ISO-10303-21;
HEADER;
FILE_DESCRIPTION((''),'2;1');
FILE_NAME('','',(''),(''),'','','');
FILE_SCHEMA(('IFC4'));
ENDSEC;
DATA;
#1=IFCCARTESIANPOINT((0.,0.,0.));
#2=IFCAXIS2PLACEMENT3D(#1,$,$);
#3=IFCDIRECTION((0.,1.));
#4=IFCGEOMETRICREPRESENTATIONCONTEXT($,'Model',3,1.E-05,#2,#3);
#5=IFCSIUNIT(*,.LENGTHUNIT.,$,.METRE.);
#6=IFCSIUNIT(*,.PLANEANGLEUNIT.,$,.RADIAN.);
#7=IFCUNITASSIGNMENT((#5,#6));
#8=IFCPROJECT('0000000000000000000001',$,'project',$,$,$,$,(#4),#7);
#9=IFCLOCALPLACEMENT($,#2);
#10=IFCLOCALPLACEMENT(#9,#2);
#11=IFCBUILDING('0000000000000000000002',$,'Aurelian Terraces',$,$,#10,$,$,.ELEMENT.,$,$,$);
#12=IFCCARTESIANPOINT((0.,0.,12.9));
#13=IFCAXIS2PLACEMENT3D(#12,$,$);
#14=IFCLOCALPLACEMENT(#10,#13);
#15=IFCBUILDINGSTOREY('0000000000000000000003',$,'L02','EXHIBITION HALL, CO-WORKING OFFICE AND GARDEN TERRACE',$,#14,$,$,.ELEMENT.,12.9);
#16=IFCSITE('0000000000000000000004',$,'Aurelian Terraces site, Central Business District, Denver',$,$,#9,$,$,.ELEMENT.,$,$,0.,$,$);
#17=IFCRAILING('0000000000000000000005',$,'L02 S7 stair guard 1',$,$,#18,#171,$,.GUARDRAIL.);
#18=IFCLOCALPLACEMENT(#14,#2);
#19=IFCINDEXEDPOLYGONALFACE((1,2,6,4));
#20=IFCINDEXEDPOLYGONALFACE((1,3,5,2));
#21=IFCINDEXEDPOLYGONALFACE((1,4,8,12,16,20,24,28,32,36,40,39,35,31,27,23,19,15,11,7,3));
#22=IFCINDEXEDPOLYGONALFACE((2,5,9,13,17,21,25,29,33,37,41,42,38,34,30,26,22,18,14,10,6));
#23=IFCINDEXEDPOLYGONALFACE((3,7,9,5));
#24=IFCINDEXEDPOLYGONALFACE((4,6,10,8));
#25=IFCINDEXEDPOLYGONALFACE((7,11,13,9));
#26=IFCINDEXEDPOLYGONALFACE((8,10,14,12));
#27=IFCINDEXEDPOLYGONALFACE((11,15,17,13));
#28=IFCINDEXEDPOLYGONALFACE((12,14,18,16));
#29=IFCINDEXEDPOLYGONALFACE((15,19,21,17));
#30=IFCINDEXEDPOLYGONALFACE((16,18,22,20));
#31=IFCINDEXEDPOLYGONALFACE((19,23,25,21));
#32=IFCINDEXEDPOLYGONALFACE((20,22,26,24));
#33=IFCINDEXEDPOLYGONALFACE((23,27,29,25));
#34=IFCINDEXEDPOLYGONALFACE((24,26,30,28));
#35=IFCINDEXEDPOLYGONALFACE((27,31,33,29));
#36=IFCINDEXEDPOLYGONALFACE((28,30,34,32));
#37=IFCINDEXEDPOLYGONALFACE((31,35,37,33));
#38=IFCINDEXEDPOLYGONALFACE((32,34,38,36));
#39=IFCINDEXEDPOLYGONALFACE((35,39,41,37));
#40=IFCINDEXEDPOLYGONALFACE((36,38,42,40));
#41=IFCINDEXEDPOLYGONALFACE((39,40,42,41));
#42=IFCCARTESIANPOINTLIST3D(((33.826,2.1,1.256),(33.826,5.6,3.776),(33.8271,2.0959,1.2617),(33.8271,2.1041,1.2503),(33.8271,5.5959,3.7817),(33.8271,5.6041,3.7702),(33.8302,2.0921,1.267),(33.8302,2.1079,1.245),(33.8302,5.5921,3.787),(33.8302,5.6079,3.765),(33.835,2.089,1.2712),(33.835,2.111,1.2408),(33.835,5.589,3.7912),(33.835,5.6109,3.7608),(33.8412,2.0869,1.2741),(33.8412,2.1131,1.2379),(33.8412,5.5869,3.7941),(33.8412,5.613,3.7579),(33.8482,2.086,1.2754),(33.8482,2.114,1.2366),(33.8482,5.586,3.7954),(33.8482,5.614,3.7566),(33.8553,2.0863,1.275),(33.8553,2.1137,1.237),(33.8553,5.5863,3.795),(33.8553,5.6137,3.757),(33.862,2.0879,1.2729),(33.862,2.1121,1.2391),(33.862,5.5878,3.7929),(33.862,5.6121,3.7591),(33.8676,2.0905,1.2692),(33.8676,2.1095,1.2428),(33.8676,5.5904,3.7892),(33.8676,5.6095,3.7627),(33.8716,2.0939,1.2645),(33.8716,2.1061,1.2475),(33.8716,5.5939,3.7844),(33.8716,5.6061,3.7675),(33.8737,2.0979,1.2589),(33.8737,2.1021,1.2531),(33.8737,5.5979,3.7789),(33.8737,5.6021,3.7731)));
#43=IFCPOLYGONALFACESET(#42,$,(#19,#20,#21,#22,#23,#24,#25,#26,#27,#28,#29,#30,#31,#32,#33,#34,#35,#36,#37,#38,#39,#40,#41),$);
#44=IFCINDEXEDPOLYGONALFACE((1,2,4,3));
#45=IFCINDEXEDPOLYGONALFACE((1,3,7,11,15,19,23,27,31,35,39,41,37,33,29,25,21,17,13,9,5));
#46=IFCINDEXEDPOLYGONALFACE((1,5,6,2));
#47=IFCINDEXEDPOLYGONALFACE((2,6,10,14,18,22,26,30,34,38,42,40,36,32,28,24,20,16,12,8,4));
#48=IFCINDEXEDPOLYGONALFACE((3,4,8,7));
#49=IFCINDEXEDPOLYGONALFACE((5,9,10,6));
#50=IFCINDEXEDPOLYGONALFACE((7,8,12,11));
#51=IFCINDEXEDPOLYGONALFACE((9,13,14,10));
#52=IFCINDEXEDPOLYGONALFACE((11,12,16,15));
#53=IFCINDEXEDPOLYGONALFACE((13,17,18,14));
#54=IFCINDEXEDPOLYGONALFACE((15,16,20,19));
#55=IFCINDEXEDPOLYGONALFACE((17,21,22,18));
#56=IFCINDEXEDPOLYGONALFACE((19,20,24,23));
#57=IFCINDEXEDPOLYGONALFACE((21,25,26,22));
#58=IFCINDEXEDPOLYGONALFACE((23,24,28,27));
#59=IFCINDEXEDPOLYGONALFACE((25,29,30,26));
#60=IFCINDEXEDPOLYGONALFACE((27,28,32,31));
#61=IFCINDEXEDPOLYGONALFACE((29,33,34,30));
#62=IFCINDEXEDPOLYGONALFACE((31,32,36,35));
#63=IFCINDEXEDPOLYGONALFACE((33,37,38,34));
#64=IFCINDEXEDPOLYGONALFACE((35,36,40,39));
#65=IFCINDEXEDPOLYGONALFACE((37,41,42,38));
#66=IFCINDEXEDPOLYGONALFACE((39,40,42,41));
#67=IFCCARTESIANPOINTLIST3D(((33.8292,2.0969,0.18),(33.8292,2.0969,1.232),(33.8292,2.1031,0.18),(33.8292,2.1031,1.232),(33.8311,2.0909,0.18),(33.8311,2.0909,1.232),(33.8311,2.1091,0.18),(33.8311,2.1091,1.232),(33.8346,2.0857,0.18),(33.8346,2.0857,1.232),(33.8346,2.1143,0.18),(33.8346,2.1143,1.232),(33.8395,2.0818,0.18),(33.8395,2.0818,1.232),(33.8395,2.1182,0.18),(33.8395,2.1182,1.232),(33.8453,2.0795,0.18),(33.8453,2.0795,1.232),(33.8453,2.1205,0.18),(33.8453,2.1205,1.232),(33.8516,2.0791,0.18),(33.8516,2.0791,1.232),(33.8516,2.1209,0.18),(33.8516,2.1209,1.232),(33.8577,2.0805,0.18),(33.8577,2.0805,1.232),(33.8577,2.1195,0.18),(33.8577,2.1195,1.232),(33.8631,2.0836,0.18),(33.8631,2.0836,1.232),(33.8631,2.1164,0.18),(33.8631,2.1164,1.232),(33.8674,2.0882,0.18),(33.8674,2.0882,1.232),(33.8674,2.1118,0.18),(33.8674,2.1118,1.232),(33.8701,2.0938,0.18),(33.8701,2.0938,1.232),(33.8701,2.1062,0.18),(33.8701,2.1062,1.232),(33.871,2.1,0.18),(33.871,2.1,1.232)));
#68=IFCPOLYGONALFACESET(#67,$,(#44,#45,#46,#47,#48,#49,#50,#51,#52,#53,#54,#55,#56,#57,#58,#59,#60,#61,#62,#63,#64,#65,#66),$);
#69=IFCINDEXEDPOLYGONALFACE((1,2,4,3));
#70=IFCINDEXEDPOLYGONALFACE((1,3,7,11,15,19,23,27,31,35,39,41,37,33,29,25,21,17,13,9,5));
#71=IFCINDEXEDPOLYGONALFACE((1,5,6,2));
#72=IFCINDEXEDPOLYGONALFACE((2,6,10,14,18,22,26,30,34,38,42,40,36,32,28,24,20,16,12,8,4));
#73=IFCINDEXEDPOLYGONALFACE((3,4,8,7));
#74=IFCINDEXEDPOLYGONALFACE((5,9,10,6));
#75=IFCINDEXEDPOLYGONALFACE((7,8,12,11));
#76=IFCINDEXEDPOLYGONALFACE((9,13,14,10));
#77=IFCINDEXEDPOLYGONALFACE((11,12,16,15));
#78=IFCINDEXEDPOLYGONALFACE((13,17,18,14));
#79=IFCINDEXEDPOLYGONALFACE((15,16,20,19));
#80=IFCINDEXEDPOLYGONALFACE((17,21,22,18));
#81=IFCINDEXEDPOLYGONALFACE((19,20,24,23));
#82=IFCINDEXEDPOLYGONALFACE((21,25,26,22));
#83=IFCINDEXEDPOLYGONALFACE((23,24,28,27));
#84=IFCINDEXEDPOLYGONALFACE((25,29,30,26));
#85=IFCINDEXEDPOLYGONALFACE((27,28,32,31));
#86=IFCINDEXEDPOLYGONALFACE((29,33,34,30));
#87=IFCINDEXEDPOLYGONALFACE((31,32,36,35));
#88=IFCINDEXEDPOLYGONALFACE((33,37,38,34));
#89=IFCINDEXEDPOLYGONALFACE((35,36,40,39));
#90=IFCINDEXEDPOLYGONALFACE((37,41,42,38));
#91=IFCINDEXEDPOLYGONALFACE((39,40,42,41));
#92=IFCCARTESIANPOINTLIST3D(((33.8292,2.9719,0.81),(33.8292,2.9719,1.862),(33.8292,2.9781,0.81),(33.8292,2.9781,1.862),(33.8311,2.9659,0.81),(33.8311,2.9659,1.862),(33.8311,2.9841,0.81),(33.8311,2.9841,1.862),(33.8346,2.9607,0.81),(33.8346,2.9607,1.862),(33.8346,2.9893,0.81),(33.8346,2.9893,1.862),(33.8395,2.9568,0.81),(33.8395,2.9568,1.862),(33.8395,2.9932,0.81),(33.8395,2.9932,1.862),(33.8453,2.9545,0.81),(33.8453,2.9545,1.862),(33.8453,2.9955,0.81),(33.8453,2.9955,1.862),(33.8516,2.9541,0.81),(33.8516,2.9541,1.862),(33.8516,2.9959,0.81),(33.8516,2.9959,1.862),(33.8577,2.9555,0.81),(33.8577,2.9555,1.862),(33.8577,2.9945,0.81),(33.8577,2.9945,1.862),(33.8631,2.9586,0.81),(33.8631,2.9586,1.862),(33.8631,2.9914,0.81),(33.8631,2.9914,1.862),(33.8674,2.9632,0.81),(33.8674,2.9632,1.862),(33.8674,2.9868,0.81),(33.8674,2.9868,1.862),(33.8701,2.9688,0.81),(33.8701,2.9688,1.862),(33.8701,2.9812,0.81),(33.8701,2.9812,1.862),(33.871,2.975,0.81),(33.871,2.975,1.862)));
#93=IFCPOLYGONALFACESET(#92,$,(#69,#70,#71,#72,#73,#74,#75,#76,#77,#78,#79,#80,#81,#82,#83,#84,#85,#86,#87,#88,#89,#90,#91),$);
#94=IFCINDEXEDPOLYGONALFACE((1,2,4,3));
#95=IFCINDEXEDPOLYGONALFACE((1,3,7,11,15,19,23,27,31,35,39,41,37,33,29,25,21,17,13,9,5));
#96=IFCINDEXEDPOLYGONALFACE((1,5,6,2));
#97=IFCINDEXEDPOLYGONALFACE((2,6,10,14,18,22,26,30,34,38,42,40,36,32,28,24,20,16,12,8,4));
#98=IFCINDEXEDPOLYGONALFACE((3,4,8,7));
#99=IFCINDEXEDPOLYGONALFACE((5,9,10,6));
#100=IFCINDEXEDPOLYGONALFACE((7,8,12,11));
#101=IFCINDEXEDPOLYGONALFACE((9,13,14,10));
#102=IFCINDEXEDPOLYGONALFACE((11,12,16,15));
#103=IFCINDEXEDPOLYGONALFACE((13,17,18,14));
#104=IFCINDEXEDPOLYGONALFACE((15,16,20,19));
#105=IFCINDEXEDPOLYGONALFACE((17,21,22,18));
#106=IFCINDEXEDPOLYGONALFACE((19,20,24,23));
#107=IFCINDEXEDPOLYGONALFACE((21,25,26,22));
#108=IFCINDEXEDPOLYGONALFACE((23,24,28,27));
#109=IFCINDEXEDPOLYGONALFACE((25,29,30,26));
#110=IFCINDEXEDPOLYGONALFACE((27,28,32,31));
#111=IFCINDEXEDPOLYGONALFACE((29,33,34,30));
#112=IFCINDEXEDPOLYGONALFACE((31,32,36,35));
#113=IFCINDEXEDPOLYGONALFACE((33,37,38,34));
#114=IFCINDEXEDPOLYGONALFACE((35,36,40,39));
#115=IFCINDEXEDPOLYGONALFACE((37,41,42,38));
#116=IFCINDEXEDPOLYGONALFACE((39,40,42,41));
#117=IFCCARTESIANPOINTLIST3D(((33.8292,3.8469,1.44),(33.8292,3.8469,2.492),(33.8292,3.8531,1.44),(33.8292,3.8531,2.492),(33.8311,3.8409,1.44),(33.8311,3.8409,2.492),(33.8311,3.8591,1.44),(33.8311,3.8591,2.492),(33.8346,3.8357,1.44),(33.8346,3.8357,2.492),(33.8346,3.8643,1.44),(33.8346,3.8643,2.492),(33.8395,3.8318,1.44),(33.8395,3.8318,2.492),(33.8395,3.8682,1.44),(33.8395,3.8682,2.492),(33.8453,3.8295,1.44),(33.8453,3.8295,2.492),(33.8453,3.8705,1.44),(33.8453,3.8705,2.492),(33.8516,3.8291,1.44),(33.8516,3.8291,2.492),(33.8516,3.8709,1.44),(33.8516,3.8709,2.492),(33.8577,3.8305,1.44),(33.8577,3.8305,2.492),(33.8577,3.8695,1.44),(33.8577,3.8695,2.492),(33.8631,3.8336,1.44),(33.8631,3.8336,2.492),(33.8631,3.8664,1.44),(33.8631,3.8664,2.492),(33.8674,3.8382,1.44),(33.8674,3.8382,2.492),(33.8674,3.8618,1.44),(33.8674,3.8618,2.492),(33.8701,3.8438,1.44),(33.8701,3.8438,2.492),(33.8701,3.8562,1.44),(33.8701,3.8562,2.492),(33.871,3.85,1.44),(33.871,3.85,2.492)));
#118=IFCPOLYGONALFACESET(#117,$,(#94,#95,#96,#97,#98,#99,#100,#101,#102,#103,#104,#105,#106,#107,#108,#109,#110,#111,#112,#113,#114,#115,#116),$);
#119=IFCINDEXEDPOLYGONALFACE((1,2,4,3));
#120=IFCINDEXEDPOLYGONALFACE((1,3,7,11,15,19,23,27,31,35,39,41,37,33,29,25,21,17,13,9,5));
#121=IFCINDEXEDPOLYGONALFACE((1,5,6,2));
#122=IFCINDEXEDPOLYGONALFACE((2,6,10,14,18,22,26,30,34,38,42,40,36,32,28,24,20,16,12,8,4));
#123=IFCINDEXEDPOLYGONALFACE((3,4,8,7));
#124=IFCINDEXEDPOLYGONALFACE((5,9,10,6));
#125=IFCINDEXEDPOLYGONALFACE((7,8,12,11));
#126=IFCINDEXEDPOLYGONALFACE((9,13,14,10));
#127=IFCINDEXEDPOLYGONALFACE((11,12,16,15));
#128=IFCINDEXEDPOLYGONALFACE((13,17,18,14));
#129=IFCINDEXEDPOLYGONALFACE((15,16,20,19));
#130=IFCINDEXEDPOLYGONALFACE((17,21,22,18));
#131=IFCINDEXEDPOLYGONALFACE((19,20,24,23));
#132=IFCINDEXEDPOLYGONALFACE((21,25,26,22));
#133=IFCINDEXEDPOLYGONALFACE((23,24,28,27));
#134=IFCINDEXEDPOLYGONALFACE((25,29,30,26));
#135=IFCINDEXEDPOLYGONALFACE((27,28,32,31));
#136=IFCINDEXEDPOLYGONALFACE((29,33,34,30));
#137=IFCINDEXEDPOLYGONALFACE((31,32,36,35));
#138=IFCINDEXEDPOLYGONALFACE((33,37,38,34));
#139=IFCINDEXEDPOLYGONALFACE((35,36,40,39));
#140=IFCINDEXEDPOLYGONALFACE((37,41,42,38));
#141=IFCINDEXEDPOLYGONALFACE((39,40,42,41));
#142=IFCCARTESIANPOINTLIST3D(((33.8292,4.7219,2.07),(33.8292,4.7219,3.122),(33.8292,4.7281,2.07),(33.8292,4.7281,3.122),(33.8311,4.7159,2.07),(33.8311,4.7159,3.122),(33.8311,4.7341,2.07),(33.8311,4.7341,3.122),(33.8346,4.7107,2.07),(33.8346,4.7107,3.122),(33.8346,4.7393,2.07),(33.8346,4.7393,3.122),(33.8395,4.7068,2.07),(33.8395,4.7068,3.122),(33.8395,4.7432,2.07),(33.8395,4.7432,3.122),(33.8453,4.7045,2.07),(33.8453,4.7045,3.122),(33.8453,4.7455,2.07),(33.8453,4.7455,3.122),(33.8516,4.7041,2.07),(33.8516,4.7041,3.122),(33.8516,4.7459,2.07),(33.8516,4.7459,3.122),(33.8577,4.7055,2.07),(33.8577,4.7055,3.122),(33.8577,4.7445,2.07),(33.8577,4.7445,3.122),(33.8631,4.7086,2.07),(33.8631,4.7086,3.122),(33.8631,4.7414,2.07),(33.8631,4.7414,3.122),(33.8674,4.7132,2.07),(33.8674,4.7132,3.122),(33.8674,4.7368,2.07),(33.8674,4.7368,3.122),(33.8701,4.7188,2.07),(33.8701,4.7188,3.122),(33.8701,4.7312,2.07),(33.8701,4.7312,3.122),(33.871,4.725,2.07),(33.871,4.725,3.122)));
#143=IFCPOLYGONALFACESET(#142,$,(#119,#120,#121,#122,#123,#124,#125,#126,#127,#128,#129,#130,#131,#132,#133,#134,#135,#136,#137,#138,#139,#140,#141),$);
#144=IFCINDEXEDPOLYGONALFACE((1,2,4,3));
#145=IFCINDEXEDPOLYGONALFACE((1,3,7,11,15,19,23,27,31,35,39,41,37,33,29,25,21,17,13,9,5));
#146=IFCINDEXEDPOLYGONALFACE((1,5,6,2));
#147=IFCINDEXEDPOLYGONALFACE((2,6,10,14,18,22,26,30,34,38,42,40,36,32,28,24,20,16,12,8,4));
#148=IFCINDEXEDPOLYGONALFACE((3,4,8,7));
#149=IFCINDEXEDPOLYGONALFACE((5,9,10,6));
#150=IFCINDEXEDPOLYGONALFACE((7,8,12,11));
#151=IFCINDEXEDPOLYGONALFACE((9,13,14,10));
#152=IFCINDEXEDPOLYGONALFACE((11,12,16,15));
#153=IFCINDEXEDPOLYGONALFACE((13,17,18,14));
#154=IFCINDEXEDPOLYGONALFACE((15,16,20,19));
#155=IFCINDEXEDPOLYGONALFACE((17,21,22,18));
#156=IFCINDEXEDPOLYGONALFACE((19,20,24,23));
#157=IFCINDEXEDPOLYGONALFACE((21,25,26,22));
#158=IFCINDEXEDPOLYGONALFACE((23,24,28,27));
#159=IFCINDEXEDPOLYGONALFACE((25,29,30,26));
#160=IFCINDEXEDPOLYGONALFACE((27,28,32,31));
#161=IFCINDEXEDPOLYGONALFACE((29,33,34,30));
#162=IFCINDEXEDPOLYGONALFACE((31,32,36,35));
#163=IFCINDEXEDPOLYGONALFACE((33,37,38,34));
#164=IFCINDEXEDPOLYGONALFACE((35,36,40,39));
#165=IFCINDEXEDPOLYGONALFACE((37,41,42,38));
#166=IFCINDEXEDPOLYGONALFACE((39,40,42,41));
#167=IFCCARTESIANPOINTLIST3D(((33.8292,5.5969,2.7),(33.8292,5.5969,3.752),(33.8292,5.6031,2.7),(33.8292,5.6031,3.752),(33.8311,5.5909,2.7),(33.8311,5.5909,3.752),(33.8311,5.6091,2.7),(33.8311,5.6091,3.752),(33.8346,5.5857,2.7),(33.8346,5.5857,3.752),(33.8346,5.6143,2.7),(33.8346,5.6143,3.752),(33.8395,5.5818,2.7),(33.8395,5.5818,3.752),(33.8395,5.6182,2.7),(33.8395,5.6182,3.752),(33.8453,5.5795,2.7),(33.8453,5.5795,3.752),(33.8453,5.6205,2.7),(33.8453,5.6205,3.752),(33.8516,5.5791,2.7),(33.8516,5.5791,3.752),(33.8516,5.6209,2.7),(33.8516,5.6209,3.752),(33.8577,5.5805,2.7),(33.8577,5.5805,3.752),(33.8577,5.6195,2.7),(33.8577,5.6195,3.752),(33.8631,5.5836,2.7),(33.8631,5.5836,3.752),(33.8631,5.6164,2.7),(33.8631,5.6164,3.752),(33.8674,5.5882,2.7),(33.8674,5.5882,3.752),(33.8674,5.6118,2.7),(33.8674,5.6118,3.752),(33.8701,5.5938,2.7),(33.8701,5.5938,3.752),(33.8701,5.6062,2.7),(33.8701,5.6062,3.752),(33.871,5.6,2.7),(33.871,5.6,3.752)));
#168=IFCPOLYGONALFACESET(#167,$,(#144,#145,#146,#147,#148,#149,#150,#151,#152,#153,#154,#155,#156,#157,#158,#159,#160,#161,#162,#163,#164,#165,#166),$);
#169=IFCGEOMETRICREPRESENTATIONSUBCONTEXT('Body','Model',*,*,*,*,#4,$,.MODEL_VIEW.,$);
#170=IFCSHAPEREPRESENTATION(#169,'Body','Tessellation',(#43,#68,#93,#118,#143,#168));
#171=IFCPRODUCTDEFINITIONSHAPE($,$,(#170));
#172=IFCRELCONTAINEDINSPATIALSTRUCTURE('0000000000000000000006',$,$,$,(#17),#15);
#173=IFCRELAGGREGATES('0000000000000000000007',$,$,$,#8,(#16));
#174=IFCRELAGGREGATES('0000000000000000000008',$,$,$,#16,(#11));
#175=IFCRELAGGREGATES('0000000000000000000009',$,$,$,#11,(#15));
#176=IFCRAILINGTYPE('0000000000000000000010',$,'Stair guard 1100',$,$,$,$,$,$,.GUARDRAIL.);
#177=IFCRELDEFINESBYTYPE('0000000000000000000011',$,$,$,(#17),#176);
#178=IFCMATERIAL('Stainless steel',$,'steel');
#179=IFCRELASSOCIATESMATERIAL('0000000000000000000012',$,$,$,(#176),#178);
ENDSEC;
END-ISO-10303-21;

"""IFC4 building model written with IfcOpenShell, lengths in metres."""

from ifc_helpers import new_model, si_unit, direction, frame, origin, origin_2d, place, context, subcontext, project, spatial, circle, extrude, source, transform, mapped, material, type_object, element, save


model = new_model("IFC4")

# Units and contexts
model_context = context("Model", 3, precision=1e-05, world=origin(), true_north=direction((0.0, 1.0)))
body_context = subcontext(model_context, "Body", "Model", "MODEL_VIEW")
ifc_project = project(units=[si_unit("LENGTHUNIT", "METRE"), si_unit("PLANEANGLEUNIT", "RADIAN")], contexts=[model_context])

# Site, building, storey
site_placement = place(None, origin())
site = spatial("IfcSite", under=ifc_project, at=site_placement, Name="Aurelian Terraces site, Central Business District, Denver", CompositionType="ELEMENT", RefElevation=0.0)
building_placement = place(site_placement, origin())
building = spatial("IfcBuilding", under=site, at=building_placement, Name="Aurelian Terraces", CompositionType="ELEMENT")
storey_placement = place(building_placement, frame((0.0, 0.0, 12.9)))
storey = spatial("IfcBuildingStorey", under=building, at=storey_placement, Name="L02", Description="EXHIBITION HALL, CO-WORKING OFFICE AND GARDEN TERRACE", CompositionType="ELEMENT", Elevation=12.9)

# Railing
ifc_material_1 = material(Name="Stainless steel", Category="steel")
railing_type_1 = type_object("IfcRailingType", Name="Stair guard 1100", PredefinedType="GUARDRAIL", material=ifc_material_1)
shared_shape_1 = source(origin(), body_context, "Body", "SweptSolid", [
    extrude(circle(Radius=0.024, at=origin_2d()), frame((0.0, 0.0, 1.076), z_axis=(0.0, 0.811534, 0.584305), x_axis=(-1.0, 0.0, 0.0)), (0.0, 0.0, 1.0), 4.3128),
    extrude(circle(Radius=0.021, at=origin_2d()), origin(), (0.0, 0.0, 1.0), 1.052),
    extrude(circle(Radius=0.021, at=origin_2d()), frame((0.0, 0.875, 0.63)), (0.0, 0.0, 1.0), 1.052),
    extrude(circle(Radius=0.021, at=origin_2d()), frame((0.0, 1.75, 1.26)), (0.0, 0.0, 1.0), 1.052),
    extrude(circle(Radius=0.021, at=origin_2d()), frame((0.0, 2.625, 1.89)), (0.0, 0.0, 1.0), 1.052),
    extrude(circle(Radius=0.021, at=origin_2d()), frame((0.0, 3.5, 2.52)), (0.0, 0.0, 1.0), 1.052),
])
railing_1_placement = place(storey_placement, frame((33.85, 2.1, 0.18)))
element("IfcRailing", 1, at=railing_1_placement, inside=storey, type_object=railing_type_1, Name="L02 S7 stair guard 1", PredefinedType="GUARDRAIL", context=body_context, shape_type="MappedRepresentation", body=[
    mapped(shared_shape_1, transform((0.0, 0.0, 0.0), scale=1.0)),
])

save(model, "model.ifc")
